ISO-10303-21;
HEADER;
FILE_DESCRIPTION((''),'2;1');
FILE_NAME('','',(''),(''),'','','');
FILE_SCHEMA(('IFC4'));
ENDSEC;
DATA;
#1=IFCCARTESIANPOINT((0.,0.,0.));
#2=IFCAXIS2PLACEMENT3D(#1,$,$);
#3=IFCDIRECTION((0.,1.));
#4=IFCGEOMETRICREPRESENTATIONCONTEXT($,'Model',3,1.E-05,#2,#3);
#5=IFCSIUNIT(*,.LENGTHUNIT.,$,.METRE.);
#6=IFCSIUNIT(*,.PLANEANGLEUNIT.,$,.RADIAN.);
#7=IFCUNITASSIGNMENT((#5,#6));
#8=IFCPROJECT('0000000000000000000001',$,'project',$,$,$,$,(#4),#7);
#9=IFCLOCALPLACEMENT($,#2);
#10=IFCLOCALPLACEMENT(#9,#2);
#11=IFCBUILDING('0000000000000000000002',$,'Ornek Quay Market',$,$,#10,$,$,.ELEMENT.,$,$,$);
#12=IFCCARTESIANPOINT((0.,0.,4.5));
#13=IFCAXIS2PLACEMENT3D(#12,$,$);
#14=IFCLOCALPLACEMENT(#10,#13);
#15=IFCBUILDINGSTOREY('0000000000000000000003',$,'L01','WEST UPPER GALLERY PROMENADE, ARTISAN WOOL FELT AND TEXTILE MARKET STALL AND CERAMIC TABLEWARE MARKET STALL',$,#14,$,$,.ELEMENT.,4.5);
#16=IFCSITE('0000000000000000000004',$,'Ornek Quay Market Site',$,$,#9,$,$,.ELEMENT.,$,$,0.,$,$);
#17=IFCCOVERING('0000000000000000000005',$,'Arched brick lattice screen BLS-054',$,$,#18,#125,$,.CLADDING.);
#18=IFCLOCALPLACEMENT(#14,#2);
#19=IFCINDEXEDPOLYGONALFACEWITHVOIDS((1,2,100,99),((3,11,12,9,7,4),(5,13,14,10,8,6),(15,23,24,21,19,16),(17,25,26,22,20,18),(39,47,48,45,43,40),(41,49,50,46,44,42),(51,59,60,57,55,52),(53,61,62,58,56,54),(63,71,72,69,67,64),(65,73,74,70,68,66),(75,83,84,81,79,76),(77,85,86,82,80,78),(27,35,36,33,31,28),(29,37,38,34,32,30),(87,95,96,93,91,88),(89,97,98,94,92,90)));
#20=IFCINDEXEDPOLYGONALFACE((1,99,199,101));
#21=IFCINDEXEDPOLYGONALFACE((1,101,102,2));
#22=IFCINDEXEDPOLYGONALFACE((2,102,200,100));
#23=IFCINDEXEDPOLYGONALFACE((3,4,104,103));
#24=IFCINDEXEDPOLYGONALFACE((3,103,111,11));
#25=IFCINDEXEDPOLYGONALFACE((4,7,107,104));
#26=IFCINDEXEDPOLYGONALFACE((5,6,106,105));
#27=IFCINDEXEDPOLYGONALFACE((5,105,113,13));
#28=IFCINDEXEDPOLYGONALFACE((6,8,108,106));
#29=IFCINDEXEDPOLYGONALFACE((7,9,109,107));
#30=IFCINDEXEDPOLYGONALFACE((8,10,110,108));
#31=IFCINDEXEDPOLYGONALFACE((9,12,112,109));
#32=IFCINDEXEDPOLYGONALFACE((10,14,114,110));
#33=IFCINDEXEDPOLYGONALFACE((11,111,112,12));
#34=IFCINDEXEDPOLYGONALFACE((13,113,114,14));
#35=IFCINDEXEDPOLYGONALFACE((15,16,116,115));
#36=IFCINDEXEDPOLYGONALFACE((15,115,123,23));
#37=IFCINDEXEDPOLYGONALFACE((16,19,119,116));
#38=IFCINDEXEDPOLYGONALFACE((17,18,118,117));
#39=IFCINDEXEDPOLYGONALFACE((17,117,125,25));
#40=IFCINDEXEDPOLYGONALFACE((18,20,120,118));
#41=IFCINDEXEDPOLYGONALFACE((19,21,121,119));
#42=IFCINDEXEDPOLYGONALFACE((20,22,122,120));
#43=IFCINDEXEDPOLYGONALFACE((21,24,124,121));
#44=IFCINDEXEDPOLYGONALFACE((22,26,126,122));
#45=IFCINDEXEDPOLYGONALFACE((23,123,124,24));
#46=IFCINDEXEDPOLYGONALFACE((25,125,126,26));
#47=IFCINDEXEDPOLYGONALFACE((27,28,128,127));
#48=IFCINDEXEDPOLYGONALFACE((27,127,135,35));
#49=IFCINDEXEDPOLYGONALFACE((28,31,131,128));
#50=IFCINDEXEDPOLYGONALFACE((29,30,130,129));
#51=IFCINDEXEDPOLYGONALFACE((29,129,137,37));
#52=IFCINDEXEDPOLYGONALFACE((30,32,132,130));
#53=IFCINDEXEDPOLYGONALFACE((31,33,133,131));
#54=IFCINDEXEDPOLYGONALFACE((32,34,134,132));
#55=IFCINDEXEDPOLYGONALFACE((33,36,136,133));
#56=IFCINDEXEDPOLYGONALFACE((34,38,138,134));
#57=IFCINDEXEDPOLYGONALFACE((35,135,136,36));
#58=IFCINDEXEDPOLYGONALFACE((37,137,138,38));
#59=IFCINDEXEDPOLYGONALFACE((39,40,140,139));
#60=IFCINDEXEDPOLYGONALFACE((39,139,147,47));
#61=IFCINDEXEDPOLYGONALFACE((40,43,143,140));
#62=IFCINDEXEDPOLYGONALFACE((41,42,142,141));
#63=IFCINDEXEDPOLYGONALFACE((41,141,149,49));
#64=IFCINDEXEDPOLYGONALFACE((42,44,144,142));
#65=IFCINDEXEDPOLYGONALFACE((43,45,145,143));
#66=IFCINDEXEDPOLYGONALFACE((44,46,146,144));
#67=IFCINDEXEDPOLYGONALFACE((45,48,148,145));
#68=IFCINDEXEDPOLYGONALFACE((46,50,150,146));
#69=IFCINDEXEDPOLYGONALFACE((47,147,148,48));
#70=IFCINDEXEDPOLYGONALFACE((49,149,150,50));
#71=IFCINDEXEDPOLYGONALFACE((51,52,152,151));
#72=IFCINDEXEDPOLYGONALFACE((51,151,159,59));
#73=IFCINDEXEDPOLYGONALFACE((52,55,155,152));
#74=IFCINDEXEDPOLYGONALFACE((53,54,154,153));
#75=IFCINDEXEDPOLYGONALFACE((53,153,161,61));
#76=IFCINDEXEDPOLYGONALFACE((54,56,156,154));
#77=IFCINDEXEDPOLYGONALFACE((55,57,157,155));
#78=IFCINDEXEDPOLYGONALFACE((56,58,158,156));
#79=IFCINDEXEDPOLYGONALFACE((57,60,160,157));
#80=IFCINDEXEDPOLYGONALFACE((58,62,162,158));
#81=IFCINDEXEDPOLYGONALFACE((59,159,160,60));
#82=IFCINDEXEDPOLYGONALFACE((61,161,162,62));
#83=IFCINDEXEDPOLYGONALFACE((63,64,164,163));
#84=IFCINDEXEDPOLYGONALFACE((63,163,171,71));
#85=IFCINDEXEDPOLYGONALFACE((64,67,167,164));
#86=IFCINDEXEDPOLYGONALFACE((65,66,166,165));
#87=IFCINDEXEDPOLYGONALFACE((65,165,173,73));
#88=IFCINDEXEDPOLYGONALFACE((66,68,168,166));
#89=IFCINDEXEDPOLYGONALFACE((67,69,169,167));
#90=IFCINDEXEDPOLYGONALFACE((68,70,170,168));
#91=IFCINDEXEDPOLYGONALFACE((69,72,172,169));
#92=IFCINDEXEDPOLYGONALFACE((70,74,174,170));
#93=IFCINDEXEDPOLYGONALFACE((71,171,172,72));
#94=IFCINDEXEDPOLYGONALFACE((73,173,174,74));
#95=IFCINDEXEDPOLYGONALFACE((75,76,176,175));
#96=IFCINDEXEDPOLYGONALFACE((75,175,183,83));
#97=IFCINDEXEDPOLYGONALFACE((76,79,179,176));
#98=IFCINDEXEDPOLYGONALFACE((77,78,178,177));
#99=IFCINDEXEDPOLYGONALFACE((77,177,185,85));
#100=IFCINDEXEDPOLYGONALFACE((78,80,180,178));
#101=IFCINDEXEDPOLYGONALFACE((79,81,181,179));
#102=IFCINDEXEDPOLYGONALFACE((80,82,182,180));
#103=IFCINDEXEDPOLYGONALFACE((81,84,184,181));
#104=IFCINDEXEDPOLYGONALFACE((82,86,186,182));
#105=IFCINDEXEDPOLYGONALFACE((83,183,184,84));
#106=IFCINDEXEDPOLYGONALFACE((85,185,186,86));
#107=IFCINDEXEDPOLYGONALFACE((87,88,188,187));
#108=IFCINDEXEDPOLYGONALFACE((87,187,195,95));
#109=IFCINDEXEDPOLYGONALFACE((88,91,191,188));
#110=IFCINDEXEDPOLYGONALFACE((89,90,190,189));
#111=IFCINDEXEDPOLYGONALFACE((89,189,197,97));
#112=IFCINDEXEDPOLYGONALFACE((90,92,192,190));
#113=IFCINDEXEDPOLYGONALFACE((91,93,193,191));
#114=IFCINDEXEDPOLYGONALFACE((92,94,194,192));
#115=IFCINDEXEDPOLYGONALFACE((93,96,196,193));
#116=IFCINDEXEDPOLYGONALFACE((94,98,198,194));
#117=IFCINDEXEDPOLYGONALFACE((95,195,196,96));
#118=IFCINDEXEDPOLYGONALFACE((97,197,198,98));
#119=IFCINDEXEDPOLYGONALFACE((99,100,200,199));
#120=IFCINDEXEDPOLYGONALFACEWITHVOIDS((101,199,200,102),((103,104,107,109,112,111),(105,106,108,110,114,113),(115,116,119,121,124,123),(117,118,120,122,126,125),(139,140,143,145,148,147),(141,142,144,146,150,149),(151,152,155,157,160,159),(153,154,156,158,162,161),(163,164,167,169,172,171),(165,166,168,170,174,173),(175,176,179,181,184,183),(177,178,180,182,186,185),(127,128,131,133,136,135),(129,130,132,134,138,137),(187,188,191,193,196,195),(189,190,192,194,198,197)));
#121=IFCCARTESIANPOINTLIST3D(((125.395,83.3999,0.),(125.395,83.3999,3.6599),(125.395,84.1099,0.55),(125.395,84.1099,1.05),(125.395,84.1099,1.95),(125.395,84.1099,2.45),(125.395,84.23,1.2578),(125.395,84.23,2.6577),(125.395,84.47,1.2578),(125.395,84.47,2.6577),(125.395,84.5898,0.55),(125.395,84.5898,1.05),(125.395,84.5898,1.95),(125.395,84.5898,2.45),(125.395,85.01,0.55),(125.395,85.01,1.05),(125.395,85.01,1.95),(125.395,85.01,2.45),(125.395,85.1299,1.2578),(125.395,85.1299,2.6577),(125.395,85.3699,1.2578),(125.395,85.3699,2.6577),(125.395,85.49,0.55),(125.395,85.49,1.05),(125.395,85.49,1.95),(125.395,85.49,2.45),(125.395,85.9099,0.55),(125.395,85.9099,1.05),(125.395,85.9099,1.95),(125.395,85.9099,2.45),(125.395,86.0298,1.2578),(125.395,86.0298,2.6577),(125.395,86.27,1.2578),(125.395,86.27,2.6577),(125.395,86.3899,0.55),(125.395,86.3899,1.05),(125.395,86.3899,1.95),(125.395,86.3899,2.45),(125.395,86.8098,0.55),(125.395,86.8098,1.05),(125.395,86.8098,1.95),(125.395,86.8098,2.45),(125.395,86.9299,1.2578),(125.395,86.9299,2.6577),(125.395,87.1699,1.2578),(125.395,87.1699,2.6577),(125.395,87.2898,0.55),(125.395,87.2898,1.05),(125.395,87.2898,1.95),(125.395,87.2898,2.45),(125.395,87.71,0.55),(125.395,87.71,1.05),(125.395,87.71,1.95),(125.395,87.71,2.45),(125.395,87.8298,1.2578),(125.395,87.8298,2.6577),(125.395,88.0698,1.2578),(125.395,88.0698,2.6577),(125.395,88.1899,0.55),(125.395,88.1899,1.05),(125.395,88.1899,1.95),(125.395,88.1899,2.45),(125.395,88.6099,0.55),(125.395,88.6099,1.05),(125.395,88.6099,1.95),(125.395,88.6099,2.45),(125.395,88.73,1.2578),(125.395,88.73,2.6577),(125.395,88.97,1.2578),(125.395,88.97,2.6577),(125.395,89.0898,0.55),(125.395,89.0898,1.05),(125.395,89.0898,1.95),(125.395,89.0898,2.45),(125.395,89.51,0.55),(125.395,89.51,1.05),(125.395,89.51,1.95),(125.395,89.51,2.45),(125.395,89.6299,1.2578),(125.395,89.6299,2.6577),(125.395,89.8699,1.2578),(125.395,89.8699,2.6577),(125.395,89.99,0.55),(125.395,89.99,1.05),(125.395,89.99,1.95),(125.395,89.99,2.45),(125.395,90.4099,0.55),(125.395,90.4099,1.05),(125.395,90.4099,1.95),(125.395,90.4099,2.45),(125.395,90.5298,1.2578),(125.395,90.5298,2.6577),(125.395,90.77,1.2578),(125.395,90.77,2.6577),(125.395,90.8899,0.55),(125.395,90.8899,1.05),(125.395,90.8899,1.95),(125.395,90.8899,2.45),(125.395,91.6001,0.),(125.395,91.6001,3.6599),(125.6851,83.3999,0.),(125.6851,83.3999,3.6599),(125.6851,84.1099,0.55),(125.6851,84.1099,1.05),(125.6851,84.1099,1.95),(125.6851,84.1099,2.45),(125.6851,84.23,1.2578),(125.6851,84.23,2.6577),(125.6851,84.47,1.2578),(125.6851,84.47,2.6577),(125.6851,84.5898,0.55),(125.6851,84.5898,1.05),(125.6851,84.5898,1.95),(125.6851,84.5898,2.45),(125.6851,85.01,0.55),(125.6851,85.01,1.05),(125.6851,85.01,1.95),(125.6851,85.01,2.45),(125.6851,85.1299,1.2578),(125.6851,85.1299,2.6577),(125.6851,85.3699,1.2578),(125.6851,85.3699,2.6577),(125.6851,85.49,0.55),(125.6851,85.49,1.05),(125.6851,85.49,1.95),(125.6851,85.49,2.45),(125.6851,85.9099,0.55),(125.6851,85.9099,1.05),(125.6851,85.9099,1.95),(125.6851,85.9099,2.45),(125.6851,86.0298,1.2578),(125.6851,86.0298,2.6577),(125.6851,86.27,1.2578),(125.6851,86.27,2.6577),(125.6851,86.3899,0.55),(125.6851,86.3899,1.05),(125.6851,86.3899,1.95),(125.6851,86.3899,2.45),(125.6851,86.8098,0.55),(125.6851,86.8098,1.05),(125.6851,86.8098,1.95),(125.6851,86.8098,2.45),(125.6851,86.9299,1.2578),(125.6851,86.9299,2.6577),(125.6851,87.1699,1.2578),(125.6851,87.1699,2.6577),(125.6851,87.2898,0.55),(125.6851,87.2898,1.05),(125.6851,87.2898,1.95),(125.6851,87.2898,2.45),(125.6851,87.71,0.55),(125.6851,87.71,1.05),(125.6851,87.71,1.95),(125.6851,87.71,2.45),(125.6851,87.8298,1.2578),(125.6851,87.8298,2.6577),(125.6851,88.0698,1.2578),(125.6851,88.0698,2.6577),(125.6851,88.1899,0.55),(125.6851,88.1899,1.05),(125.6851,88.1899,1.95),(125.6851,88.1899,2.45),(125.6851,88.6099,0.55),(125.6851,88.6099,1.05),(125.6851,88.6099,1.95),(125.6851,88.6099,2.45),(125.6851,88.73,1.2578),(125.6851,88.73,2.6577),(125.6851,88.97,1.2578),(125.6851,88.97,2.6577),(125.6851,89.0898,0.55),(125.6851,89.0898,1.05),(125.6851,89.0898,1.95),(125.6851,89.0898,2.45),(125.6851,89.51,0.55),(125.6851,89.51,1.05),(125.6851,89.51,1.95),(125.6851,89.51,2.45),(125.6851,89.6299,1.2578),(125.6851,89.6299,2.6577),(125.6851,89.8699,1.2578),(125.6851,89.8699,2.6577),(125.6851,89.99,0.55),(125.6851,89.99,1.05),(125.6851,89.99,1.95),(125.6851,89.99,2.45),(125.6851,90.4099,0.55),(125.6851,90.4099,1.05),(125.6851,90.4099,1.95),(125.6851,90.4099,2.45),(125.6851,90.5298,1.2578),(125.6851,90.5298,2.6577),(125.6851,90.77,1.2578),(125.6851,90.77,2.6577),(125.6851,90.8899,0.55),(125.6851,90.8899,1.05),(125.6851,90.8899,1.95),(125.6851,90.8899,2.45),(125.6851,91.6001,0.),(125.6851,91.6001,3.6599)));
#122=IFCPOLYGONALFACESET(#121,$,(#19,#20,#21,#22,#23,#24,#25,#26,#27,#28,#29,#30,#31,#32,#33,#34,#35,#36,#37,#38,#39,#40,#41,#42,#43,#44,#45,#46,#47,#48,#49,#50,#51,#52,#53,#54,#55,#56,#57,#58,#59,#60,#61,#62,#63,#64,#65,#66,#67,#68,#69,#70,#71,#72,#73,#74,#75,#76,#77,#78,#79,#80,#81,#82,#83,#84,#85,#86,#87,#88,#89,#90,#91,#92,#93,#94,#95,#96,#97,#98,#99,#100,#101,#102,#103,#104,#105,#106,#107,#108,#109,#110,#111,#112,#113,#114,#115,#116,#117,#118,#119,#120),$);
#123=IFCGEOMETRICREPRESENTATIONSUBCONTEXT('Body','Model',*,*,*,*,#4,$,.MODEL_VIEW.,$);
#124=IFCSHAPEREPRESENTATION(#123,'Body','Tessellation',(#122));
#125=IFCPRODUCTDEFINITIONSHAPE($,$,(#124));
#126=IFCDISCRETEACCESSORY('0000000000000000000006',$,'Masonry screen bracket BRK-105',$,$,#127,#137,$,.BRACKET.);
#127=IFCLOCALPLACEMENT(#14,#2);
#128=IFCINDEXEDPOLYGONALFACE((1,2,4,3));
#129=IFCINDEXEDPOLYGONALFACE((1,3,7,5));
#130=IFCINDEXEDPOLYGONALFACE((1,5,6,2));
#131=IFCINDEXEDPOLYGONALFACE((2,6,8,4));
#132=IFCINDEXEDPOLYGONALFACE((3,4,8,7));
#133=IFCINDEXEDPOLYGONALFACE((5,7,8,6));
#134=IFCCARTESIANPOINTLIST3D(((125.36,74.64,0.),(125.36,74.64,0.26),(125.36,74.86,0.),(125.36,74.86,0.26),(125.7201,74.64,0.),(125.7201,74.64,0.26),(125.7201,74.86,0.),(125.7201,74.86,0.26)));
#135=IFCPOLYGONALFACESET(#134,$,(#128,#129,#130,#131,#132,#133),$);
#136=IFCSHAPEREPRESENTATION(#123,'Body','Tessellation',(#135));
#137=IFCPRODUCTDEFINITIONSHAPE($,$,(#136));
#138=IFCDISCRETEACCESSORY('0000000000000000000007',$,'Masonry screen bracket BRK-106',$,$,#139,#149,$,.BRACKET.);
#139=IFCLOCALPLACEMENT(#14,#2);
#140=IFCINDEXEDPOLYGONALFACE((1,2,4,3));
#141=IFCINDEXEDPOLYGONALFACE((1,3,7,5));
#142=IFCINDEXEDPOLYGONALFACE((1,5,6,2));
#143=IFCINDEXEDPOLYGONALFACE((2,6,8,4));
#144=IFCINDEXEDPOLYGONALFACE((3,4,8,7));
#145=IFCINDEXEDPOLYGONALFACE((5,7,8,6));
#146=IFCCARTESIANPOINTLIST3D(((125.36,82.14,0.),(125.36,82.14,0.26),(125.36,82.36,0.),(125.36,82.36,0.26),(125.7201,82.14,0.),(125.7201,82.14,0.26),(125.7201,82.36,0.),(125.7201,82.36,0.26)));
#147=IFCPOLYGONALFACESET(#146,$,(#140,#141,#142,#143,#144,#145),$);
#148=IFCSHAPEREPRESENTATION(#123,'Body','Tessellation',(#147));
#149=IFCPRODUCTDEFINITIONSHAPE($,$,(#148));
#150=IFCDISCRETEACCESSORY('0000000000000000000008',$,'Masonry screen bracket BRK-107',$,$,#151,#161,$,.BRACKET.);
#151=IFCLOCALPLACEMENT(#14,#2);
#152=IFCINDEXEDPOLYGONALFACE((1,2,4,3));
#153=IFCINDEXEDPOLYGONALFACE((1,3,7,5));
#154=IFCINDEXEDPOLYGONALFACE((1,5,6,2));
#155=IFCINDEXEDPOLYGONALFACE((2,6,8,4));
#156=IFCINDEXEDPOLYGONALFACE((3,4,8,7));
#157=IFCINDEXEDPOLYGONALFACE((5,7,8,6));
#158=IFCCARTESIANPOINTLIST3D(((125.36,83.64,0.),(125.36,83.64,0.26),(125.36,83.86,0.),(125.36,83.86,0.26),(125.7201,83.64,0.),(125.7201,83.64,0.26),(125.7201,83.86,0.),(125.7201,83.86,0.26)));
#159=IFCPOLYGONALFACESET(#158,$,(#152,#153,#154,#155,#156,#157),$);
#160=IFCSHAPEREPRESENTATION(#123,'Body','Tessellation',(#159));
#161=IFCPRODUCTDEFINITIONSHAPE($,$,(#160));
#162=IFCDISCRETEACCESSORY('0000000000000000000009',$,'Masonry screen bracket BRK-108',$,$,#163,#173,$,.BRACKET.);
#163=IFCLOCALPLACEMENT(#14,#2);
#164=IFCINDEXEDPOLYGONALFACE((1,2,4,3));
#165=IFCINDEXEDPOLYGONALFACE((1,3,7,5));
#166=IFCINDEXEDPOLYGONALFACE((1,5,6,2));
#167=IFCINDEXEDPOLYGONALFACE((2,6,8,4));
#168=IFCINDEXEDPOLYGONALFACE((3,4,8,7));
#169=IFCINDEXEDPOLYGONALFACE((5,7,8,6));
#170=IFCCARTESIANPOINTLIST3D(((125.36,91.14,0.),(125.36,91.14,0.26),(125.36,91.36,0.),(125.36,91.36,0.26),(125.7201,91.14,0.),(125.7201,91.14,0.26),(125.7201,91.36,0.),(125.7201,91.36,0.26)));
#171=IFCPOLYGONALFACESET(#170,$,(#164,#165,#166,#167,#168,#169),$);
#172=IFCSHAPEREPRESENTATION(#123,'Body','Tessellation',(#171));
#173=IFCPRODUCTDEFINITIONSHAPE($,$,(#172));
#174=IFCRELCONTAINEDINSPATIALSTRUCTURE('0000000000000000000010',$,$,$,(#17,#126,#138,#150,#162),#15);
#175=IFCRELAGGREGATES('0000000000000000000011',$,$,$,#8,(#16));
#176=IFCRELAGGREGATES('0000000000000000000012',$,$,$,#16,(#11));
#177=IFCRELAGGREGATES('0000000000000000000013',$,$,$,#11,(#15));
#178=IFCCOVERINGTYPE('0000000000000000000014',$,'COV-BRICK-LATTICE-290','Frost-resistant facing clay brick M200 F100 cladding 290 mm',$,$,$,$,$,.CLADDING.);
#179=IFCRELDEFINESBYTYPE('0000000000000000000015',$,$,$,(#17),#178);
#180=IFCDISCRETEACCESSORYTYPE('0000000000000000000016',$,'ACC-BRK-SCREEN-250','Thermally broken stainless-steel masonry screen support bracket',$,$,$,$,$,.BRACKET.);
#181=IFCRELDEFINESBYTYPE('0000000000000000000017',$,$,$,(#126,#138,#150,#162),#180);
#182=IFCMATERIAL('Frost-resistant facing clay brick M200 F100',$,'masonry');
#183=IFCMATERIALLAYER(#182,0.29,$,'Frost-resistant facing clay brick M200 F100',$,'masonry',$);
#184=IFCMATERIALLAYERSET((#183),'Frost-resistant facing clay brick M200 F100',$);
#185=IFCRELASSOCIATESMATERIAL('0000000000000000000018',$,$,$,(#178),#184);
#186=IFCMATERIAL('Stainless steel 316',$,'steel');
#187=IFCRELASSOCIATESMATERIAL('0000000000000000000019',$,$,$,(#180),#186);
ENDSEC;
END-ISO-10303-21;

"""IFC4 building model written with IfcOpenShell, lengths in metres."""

from ifc_helpers import new_model, si_unit, direction, frame, origin, origin_2d, place, context, subcontext, project, spatial, polyline, rectangle, outline, extrude, material, layer, layer_set, type_object, element, save


model = new_model("IFC4")

# Units and contexts
model_context = context("Model", 3, precision=1e-05, world=origin(), true_north=direction((0.0, 1.0)))
body_context = subcontext(model_context, "Body", "Model", "MODEL_VIEW")
ifc_project = project(units=[si_unit("LENGTHUNIT", "METRE"), si_unit("PLANEANGLEUNIT", "RADIAN")], contexts=[model_context])

# Site, building, storey
site_placement = place(None, origin())
site = spatial("IfcSite", under=ifc_project, at=site_placement, Name="Ornek Quay Market Site", CompositionType="ELEMENT", RefElevation=0.0)
building_placement = place(site_placement, origin())
building = spatial("IfcBuilding", under=site, at=building_placement, Name="Ornek Quay Market", CompositionType="ELEMENT")
storey_placement = place(building_placement, frame((0.0, 0.0, 4.5)))
storey = spatial("IfcBuildingStorey", under=building, at=storey_placement, Name="L01", Description="WEST UPPER GALLERY PROMENADE, ARTISAN WOOL FELT AND TEXTILE MARKET STALL AND CERAMIC TABLEWARE MARKET STALL", CompositionType="ELEMENT", Elevation=4.5)

# Shared definitions
ifc_material_1 = material(Name="Frost-resistant facing clay brick M200 F100", Category="masonry")

# Covering
ifc_layer_1 = layer(ifc_material_1, 0.29, Name="Frost-resistant facing clay brick M200 F100", Category="masonry")
ifc_layer_set_1 = layer_set([ifc_layer_1], Name="Frost-resistant facing clay brick M200 F100")
covering_type = type_object("IfcCoveringType", Name="COV-BRICK-LATTICE-290", Description="Frost-resistant facing clay brick M200 F100 cladding 290 mm", PredefinedType="CLADDING", material=ifc_layer_set_1)
covering_1_placement = place(storey_placement, frame((125.54, 83.3999, 0.0), z_axis=(0.0, 0.0, 1.0), x_axis=(0.0, 1.0, 0.0)))
element("IfcCovering", 1, at=covering_1_placement, inside=storey, type_object=covering_type, Name="Arched brick lattice screen BLS-054", PredefinedType="CLADDING", context=body_context, shape_type="SweptSolid", body=[
    extrude(outline(polyline([(0.0, 0.0), (8.2002, 0.0), (8.2002, 3.6599), (0.0, 3.6599), (0.0, 0.0)]), holes=[polyline([(0.71, 0.55), (1.1899, 0.55), (1.1899, 1.05), (1.0701, 1.2578), (0.8301, 1.2578), (0.71, 1.05), (0.71, 0.55)]), polyline([(0.71, 1.95), (1.1899, 1.95), (1.1899, 2.45), (1.0701, 2.6577), (0.8301, 2.6577), (0.71, 2.45), (0.71, 1.95)]), polyline([(1.6101, 0.55), (2.0901, 0.55), (2.0901, 1.05), (1.97, 1.2578), (1.73, 1.2578), (1.6101, 1.05), (1.6101, 0.55)]), polyline([(1.6101, 1.95), (2.0901, 1.95), (2.0901, 2.45), (1.97, 2.6577), (1.73, 2.6577), (1.6101, 2.45), (1.6101, 1.95)]), polyline([(2.51, 0.55), (2.99, 0.55), (2.99, 1.05), (2.8701, 1.2578), (2.6299, 1.2578), (2.51, 1.05), (2.51, 0.55)]), polyline([(2.51, 1.95), (2.99, 1.95), (2.99, 2.45), (2.8701, 2.6577), (2.6299, 2.6577), (2.51, 2.45), (2.51, 1.95)]), polyline([(3.4099, 0.55), (3.8899, 0.55), (3.8899, 1.05), (3.77, 1.2578), (3.53, 1.2578), (3.4099, 1.05), (3.4099, 0.55)]), polyline([(3.4099, 1.95), (3.8899, 1.95), (3.8899, 2.45), (3.77, 2.6577), (3.53, 2.6577), (3.4099, 2.45), (3.4099, 1.95)]), polyline([(4.3101, 0.55), (4.79, 0.55), (4.79, 1.05), (4.6699, 1.2578), (4.4299, 1.2578), (4.3101, 1.05), (4.3101, 0.55)]), polyline([(4.3101, 1.95), (4.79, 1.95), (4.79, 2.45), (4.6699, 2.6577), (4.4299, 2.6577), (4.3101, 2.45), (4.3101, 1.95)]), polyline([(5.21, 0.55), (5.6899, 0.55), (5.6899, 1.05), (5.5701, 1.2578), (5.3301, 1.2578), (5.21, 1.05), (5.21, 0.55)]), polyline([(5.21, 1.95), (5.6899, 1.95), (5.6899, 2.45), (5.5701, 2.6577), (5.3301, 2.6577), (5.21, 2.45), (5.21, 1.95)]), polyline([(6.1101, 0.55), (6.5901, 0.55), (6.5901, 1.05), (6.47, 1.2578), (6.23, 1.2578), (6.1101, 1.05), (6.1101, 0.55)]), polyline([(6.1101, 1.95), (6.5901, 1.95), (6.5901, 2.45), (6.47, 2.6577), (6.23, 2.6577), (6.1101, 2.45), (6.1101, 1.95)]), polyline([(7.01, 0.55), (7.49, 0.55), (7.49, 1.05), (7.3701, 1.2578), (7.1299, 1.2578), (7.01, 1.05), (7.01, 0.55)]), polyline([(7.01, 1.95), (7.49, 1.95), (7.49, 2.45), (7.3701, 2.6577), (7.1299, 2.6577), (7.01, 2.45), (7.01, 1.95)])]), frame((0.0, 0.145, 0.0), z_axis=(0.0, -1.0, 0.0), x_axis=(1.0, 0.0, 0.0)), (0.0, 0.0, 1.0), 0.29),
])

# Discrete accessories
ifc_material_2 = material(Name="Stainless steel 316", Category="steel")
discrete_accessory_type = type_object("IfcDiscreteAccessoryType", Name="ACC-BRK-SCREEN-250", Description="Thermally broken stainless-steel masonry screen support bracket", PredefinedType="BRACKET", material=ifc_material_2)
for number, where, z_axis, x_axis, name in (
    (2, (125.54, 74.75, 0.0), (0.0, 0.0, 1.0), (0.0, 1.0, 0.0), "Masonry screen bracket BRK-105"),
    (3, (125.54, 82.25, 0.0), (0.0, 0.0, 1.0), (0.0, 1.0, 0.0), "Masonry screen bracket BRK-106"),
    (4, (125.54, 83.75, 0.0), (0.0, 0.0, 1.0), (0.0, 1.0, 0.0), "Masonry screen bracket BRK-107"),
    (5, (125.54, 91.25, 0.0), (0.0, 0.0, 1.0), (0.0, 1.0, 0.0), "Masonry screen bracket BRK-108"),
):
    element("IfcDiscreteAccessory", number, at=place(storey_placement, frame(where, z_axis=z_axis, x_axis=x_axis)), inside=storey, type_object=discrete_accessory_type, Name=name, PredefinedType="BRACKET", context=body_context, shape_type="SweptSolid", body=[
        extrude(rectangle(XDim=0.22, YDim=0.3601, at=origin_2d()), origin(), (0.0, 0.0, 1.0), 0.26),
    ])

save(model, "model.ifc")
